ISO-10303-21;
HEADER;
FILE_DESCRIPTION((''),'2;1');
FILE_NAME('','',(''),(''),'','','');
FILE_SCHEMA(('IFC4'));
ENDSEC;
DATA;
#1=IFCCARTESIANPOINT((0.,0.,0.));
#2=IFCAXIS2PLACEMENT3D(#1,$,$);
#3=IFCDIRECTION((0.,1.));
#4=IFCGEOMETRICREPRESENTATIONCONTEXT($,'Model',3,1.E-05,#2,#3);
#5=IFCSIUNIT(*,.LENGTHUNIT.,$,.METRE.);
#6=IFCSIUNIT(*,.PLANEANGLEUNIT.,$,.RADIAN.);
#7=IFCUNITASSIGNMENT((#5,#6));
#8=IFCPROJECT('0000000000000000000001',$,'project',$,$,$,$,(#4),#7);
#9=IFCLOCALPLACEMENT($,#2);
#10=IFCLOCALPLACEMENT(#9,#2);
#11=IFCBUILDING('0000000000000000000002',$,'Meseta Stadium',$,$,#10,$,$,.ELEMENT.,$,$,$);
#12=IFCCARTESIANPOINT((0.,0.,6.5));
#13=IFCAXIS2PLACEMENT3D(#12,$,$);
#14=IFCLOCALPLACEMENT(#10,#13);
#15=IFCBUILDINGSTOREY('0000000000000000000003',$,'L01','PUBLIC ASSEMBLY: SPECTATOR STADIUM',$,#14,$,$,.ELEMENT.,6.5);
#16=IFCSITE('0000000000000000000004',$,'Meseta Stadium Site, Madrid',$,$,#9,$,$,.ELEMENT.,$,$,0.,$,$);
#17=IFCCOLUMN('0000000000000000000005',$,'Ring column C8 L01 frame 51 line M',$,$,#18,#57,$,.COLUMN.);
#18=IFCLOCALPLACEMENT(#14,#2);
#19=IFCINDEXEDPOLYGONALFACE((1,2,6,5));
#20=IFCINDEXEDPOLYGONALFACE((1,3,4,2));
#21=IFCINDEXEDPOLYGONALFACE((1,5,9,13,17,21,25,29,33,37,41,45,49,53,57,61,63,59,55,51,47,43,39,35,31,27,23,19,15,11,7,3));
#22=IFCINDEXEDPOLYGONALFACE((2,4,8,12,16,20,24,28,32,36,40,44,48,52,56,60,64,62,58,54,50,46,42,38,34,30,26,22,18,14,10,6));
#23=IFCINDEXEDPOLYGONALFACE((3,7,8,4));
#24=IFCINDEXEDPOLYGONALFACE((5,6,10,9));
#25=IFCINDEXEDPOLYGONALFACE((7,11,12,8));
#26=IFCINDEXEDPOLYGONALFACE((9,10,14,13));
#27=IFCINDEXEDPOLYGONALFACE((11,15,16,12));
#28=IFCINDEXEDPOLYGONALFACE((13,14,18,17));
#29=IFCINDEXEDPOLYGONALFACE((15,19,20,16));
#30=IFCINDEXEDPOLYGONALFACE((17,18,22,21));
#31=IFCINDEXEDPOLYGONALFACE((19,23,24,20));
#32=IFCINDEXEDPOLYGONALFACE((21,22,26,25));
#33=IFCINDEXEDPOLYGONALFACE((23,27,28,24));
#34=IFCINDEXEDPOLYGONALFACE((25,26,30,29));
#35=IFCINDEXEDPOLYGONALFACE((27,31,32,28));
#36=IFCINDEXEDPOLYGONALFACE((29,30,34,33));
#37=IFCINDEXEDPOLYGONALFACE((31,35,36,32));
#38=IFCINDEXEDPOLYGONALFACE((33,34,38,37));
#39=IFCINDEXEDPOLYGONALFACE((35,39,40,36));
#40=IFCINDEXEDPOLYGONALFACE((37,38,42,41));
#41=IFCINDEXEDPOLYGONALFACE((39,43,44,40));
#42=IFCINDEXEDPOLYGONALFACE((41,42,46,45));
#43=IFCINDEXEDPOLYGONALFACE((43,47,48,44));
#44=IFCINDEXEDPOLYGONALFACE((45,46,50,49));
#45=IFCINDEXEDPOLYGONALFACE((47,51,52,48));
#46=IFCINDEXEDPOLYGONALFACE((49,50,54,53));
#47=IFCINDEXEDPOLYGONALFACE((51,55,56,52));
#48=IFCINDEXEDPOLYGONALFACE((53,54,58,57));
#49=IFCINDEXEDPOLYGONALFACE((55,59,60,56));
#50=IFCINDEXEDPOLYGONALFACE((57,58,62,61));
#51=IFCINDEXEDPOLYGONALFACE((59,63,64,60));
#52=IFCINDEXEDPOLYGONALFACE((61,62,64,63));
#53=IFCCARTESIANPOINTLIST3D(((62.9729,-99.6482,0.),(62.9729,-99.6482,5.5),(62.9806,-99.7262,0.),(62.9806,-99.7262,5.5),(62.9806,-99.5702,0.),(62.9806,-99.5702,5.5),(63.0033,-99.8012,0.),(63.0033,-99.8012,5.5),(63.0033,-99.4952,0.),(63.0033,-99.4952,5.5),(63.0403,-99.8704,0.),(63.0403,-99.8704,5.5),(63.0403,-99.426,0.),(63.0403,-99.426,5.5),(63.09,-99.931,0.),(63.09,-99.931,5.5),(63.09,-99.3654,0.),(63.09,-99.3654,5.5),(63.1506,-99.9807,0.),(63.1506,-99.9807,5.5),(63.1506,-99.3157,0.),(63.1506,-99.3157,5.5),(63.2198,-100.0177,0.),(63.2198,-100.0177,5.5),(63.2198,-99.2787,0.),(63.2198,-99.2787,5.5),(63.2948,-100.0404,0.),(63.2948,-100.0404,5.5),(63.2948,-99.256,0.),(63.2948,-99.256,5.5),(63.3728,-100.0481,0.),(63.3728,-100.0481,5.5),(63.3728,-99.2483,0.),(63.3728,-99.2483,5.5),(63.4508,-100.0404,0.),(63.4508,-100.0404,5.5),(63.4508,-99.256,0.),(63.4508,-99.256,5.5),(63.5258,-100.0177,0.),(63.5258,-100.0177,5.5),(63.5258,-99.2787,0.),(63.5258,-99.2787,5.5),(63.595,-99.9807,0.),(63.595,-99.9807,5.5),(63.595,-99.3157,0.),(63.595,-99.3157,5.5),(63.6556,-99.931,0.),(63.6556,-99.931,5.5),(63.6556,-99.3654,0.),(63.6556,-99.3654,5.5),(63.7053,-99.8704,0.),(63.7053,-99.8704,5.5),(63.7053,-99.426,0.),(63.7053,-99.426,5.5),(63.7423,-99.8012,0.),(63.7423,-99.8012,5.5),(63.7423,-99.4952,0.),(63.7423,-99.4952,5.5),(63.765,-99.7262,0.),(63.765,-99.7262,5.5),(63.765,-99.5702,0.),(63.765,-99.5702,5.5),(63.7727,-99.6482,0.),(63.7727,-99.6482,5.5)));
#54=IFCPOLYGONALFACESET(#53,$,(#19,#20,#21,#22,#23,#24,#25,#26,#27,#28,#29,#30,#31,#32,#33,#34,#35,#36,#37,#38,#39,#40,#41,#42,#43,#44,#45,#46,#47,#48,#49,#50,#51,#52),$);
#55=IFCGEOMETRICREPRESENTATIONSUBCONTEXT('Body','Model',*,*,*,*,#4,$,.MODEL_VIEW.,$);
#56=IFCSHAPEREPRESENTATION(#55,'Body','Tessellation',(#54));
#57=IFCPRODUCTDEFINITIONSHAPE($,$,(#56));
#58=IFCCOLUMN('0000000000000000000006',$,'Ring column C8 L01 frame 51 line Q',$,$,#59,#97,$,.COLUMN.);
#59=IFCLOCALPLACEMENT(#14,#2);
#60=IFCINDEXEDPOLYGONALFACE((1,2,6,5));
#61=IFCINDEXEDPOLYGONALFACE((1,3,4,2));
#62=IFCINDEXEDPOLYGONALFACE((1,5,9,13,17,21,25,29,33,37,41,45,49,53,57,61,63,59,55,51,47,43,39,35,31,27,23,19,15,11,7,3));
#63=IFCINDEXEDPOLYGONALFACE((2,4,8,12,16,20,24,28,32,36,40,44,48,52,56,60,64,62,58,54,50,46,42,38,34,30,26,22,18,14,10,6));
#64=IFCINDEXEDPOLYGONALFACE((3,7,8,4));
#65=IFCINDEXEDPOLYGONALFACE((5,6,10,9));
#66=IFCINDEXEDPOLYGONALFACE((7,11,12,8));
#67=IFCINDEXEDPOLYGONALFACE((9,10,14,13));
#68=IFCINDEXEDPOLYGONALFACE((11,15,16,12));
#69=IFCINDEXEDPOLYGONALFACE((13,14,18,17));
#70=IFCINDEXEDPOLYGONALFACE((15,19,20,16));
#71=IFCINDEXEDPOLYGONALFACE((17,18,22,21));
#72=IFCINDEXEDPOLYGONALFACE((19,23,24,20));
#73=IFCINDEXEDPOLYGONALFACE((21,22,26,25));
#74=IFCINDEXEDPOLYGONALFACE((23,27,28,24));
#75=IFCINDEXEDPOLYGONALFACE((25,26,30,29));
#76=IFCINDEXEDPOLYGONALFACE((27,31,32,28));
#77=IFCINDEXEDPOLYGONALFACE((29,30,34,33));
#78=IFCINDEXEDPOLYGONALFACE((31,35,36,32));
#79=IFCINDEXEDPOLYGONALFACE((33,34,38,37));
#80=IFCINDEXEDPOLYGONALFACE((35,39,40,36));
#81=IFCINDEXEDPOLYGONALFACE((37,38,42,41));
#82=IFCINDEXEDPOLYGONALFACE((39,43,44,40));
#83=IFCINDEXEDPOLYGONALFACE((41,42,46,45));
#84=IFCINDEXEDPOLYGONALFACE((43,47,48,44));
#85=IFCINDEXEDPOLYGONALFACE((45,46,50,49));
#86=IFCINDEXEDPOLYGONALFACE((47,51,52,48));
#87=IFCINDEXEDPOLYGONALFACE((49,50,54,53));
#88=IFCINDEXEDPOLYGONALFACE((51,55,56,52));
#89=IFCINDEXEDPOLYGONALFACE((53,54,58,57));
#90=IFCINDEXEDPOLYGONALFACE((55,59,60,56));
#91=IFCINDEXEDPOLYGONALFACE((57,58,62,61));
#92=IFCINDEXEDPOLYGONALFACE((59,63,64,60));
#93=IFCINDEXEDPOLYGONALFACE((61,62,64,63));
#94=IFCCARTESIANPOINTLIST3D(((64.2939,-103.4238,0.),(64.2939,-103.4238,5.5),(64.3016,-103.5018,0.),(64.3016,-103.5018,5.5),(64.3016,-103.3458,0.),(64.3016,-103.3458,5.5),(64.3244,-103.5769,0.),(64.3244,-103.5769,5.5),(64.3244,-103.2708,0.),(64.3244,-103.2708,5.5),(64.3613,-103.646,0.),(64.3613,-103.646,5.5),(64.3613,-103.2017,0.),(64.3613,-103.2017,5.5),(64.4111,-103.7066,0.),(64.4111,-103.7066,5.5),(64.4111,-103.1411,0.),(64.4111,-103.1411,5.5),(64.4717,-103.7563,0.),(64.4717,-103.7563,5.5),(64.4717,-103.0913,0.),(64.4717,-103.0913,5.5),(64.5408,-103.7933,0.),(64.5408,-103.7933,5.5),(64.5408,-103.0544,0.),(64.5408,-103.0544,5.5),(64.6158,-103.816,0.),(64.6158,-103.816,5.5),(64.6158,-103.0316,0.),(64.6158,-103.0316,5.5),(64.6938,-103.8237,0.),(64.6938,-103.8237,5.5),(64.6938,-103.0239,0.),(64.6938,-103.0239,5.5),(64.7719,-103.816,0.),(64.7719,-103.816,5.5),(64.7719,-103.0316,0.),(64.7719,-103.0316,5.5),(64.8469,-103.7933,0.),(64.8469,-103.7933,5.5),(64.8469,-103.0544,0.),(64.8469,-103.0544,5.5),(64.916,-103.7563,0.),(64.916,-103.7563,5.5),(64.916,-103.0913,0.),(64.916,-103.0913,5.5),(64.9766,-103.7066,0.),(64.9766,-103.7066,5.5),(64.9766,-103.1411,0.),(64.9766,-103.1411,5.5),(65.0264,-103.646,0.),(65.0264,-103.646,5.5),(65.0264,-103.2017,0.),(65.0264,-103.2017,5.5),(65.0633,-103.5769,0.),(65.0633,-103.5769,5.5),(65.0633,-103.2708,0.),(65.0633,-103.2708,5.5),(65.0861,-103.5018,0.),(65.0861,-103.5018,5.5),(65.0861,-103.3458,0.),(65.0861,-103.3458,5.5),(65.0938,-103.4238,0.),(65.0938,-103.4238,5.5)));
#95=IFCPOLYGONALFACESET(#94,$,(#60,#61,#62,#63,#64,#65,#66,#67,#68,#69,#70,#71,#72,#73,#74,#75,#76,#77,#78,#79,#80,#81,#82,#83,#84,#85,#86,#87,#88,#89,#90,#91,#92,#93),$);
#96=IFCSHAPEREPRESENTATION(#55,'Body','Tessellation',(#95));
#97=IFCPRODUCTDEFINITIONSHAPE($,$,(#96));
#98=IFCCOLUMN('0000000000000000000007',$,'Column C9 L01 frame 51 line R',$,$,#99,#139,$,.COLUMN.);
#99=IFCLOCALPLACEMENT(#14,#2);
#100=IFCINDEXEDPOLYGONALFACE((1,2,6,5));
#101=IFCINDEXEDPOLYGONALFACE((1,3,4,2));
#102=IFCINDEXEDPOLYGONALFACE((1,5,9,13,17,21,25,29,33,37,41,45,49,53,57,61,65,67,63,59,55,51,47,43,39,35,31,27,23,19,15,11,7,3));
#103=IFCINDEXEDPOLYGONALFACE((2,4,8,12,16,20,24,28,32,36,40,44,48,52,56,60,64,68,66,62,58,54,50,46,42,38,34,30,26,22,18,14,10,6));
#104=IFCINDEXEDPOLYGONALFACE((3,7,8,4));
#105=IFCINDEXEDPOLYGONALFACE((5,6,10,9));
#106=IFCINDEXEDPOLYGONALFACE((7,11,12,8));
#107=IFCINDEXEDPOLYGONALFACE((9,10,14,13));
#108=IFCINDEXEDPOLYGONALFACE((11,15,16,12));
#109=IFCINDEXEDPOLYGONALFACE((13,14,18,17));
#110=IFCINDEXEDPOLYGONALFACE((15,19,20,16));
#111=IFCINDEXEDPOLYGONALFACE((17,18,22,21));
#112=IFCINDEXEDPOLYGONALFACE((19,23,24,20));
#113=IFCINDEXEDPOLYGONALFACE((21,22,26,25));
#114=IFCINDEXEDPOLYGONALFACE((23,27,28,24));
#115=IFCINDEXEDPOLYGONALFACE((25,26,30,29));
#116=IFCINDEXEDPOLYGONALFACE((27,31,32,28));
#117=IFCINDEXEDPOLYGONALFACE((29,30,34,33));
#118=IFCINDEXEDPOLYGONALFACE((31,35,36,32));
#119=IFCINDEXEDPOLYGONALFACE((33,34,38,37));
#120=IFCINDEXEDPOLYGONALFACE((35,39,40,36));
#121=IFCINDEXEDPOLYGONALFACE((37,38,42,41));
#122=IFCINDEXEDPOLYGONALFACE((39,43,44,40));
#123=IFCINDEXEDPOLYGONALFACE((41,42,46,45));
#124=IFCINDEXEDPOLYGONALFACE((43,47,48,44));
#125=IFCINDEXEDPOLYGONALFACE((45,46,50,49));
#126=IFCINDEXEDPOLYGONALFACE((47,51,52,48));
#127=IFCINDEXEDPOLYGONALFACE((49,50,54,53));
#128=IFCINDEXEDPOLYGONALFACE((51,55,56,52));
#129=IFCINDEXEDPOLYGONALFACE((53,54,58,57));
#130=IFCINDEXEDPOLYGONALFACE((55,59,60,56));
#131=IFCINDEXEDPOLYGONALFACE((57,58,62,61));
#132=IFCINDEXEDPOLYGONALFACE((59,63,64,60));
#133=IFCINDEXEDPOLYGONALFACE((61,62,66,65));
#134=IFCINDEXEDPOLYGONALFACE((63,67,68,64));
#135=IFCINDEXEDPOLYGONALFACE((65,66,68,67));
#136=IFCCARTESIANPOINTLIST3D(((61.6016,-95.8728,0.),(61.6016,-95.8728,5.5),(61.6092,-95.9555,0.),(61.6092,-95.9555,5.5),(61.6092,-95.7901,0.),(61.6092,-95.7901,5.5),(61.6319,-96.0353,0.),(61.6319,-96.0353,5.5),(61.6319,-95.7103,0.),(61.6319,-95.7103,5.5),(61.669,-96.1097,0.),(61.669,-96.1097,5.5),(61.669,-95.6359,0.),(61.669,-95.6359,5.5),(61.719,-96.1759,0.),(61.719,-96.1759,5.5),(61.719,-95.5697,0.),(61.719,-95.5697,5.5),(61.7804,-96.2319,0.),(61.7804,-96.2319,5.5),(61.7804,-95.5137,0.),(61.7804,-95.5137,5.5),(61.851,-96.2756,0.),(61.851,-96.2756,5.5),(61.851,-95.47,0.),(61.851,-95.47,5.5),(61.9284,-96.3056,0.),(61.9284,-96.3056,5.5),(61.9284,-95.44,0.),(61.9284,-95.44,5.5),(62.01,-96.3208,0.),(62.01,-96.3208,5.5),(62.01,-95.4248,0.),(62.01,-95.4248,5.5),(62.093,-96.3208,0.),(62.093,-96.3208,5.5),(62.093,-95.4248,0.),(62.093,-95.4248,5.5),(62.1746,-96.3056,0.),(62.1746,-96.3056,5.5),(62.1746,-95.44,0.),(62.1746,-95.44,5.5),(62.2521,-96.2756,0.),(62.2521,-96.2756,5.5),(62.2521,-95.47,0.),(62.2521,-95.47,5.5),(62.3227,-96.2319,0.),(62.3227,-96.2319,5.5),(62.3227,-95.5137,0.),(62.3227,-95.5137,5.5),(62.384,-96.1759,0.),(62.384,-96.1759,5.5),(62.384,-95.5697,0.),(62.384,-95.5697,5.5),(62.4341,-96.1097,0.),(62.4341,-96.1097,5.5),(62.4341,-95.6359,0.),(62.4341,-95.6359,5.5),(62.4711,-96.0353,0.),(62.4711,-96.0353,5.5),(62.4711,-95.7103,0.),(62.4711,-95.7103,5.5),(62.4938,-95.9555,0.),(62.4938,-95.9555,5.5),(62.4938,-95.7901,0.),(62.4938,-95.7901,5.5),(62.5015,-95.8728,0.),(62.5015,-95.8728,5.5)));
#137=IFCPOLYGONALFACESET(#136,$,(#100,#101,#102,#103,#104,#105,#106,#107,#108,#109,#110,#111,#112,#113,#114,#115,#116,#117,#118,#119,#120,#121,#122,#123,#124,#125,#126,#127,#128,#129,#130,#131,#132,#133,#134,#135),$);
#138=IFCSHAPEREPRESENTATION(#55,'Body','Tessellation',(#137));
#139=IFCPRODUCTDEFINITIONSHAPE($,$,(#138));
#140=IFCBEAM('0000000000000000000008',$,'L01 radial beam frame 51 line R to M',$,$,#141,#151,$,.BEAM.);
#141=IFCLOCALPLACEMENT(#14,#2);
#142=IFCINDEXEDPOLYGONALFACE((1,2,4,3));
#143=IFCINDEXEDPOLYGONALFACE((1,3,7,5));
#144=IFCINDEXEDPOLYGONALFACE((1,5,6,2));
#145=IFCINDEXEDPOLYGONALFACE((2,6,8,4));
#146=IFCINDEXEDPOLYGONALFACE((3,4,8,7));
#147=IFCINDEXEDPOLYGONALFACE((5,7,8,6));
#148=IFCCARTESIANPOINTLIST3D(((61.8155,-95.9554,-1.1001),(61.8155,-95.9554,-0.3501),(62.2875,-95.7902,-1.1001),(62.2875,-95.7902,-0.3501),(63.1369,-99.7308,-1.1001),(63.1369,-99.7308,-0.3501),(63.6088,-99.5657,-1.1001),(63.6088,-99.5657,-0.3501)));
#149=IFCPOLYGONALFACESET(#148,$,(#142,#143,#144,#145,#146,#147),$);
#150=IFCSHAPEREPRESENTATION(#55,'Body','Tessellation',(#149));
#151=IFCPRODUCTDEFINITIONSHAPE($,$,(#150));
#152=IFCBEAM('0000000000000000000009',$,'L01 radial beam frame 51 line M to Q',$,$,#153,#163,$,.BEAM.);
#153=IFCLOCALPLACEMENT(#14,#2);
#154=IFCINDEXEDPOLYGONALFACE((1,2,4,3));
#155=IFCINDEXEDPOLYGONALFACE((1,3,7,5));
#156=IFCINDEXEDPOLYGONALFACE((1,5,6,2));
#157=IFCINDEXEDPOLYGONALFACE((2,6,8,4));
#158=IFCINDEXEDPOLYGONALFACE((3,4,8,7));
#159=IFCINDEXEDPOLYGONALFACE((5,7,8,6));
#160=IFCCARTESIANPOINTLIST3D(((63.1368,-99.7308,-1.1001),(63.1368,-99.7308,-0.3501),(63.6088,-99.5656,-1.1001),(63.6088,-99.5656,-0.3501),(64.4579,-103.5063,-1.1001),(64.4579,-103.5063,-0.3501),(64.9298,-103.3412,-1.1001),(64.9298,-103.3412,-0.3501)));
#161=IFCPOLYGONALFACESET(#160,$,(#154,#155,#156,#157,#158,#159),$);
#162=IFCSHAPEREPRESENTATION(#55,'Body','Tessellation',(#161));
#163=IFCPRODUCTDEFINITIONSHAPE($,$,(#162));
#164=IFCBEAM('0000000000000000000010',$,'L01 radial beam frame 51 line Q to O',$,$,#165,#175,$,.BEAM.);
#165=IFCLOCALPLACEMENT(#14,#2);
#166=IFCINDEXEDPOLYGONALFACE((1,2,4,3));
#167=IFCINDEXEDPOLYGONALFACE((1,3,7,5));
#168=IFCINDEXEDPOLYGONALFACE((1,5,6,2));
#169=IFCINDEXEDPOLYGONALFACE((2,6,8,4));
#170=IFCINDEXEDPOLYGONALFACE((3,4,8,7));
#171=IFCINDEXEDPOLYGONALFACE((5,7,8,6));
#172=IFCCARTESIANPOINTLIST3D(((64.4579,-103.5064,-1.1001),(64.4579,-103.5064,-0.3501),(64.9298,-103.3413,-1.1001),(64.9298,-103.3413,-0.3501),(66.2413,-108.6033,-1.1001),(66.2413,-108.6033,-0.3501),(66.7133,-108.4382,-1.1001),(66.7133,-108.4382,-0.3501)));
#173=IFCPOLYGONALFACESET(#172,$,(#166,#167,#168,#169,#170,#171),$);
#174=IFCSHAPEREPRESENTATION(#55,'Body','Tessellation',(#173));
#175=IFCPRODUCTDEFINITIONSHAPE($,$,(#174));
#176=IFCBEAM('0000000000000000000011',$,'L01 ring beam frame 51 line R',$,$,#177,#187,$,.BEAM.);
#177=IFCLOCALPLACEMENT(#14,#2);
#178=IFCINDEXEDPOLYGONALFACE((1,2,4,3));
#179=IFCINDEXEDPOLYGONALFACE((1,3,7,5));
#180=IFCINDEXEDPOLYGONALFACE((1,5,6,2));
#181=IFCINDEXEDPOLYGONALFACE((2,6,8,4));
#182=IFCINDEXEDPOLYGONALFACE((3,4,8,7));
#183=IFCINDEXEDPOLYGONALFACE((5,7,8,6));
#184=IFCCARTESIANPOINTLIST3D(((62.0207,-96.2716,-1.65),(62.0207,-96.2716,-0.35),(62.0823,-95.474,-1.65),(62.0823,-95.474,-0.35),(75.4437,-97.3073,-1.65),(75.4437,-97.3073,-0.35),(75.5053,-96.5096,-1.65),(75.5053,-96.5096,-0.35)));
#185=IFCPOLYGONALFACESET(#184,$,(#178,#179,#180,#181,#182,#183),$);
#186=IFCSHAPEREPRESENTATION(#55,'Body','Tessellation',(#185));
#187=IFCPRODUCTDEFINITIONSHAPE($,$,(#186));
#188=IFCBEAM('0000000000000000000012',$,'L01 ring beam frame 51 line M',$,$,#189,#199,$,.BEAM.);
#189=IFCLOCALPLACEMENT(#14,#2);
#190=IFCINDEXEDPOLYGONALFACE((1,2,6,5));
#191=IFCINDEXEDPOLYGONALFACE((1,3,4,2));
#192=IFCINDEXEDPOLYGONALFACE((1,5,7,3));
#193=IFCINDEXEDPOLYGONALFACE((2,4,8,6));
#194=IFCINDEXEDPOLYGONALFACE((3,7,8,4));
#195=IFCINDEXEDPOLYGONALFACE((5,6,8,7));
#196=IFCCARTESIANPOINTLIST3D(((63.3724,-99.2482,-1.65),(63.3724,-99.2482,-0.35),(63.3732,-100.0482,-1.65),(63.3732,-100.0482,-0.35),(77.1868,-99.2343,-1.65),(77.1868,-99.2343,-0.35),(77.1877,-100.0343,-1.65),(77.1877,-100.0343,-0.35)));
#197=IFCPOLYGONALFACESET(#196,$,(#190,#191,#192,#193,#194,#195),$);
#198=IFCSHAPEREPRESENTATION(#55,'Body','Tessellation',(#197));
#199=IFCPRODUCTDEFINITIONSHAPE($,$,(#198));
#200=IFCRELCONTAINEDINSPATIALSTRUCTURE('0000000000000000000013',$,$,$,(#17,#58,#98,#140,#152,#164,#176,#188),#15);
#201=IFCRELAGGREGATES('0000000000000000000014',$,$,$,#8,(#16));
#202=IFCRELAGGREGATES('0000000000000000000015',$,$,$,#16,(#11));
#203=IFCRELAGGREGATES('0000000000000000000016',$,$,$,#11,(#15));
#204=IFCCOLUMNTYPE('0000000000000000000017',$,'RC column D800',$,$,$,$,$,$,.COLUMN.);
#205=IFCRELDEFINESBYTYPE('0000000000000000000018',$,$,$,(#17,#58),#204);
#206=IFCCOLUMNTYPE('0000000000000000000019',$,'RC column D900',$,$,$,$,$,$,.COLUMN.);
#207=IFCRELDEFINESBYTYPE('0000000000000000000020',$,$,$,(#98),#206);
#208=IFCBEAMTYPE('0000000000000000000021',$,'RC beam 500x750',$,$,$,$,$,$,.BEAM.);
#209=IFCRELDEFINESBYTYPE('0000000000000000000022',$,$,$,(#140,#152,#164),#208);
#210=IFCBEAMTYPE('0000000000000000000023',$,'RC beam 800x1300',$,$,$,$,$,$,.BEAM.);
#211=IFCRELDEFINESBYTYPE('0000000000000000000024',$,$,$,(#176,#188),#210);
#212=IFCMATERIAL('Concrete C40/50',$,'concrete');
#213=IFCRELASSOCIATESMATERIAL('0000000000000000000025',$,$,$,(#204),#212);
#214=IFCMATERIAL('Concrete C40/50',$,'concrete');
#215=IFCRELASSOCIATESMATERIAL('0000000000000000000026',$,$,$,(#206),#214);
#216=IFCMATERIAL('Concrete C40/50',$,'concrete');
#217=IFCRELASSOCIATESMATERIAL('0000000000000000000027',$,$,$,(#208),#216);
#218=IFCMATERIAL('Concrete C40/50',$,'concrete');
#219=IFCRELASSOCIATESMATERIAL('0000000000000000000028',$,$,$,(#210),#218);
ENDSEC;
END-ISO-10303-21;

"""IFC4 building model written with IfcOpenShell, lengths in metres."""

from ifc_helpers import new_model, si_unit, direction, frame, origin, origin_2d, place, context, subcontext, project, spatial, rectangle, circle, extrude, material, material_profile, profile_set, type_object, element, save


model = new_model("IFC4")

# Units and contexts
model_context = context("Model", 3, precision=1e-05, world=origin(), true_north=direction((0.0, 1.0)))
body_context = subcontext(model_context, "Body", "Model", "MODEL_VIEW")
ifc_project = project(units=[si_unit("LENGTHUNIT", "METRE"), si_unit("PLANEANGLEUNIT", "RADIAN")], contexts=[model_context])

# Site, building, storey
site_placement = place(None, origin())
site = spatial("IfcSite", under=ifc_project, at=site_placement, Name="Meseta Stadium Site, Madrid", CompositionType="ELEMENT", RefElevation=0.0)
building_placement = place(site_placement, origin())
building = spatial("IfcBuilding", under=site, at=building_placement, Name="Meseta Stadium", CompositionType="ELEMENT")
storey_placement = place(building_placement, frame((0.0, 0.0, 6.5)))
storey = spatial("IfcBuildingStorey", under=building, at=storey_placement, Name="L01", Description="PUBLIC ASSEMBLY: SPECTATOR STADIUM", CompositionType="ELEMENT", Elevation=6.5)

# Columns
ifc_material_1 = material(Name="Concrete C40/50", Category="concrete")
ifc_material_profile_1 = material_profile(ifc_material_1, circle(Radius=0.3999, at=origin_2d()), Name="RC D800")
ifc_profile_set_1 = profile_set([ifc_material_profile_1], Name="Concrete C40/50")
column_type_1 = type_object("IfcColumnType", Name="RC column D800", PredefinedType="COLUMN", material=ifc_profile_set_1)
for number, where, z_axis, x_axis, name in (
    (1, (63.3728, -99.6482, 0.0), (0.0, 0.0, 1.0), (1.0, 0.0, 0.0), "Ring column C8 L01 frame 51 line M"),
    (2, (64.6938, -103.4238, 0.0), (0.0, 0.0, 1.0), (1.0, 0.0, 0.0), "Ring column C8 L01 frame 51 line Q"),
):
    element("IfcColumn", number, at=place(storey_placement, frame(where, z_axis=z_axis, x_axis=x_axis)), inside=storey, type_object=column_type_1, Name=name, PredefinedType="COLUMN", context=body_context, shape_type="SweptSolid", body=[
        extrude(circle(Radius=0.3999, at=origin_2d()), origin(), (0.0, 0.0, 1.0), 5.5),
    ])
ifc_material_2 = material(Name="Concrete C40/50", Category="concrete")
ifc_material_profile_2 = material_profile(ifc_material_2, circle(Radius=0.45, at=origin_2d()), Name="RC D900")
ifc_profile_set_2 = profile_set([ifc_material_profile_2], Name="Concrete C40/50")
column_type_2 = type_object("IfcColumnType", Name="RC column D900", PredefinedType="COLUMN", material=ifc_profile_set_2)
column_placement = place(storey_placement, frame((62.0515, -95.8728, 0.0), z_axis=(0.0, 0.0, 1.0), x_axis=(1.0, 0.0, 0.0)))
element("IfcColumn", 3, at=column_placement, inside=storey, type_object=column_type_2, Name="Column C9 L01 frame 51 line R", PredefinedType="COLUMN", context=body_context, shape_type="SweptSolid", body=[
    extrude(circle(Radius=0.45, at=origin_2d()), origin(), (0.0, 0.0, 1.0), 5.5),
])

# Beams
ifc_material_3 = material(Name="Concrete C40/50", Category="concrete")
ifc_material_profile_3 = material_profile(ifc_material_3, rectangle(XDim=0.5, YDim=0.75, at=origin_2d()), Name="RC 500x750")
ifc_profile_set_3 = profile_set([ifc_material_profile_3], Name="Concrete C40/50")
beam_type_1 = type_object("IfcBeamType", Name="RC beam 500x750", PredefinedType="BEAM", material=ifc_profile_set_3)
for number, where, z_axis, x_axis, name in (
    (4, (62.0515, -95.8728, -0.7251), (0.330329, -0.943866, 0.0), (0.943866, 0.330329, 0.0), "L01 radial beam frame 51 line R to M"),
    (5, (63.3728, -99.6482, -0.7251), (0.330255, -0.943892, 0.0), (0.943892, 0.330255, 0.0), "L01 radial beam frame 51 line M to Q"),
):
    element("IfcBeam", number, at=place(storey_placement, frame(where, z_axis=z_axis, x_axis=x_axis)), inside=storey, type_object=beam_type_1, Name=name, PredefinedType="BEAM", context=body_context, shape_type="SweptSolid", body=[
        extrude(rectangle(XDim=0.5, YDim=0.75, at=origin_2d()), origin(), (0.0, 0.0, 1.0), 4.0),
    ])
beam_1_placement = place(storey_placement, frame((64.6938, -103.4238, -0.7251), z_axis=(0.330272, -0.943886, 0.0), x_axis=(0.943886, 0.330272, 0.0)))
element("IfcBeam", 6, at=beam_1_placement, inside=storey, type_object=beam_type_1, Name="L01 radial beam frame 51 line Q to O", PredefinedType="BEAM", context=body_context, shape_type="SweptSolid", body=[
    extrude(rectangle(XDim=0.5, YDim=0.75, at=origin_2d()), origin(), (0.0, 0.0, 1.0), 5.3999),
])
ifc_material_4 = material(Name="Concrete C40/50", Category="concrete")
ifc_material_profile_4 = material_profile(ifc_material_4, rectangle(XDim=0.8, YDim=1.3, at=origin_2d()), Name="RC 800x1300")
ifc_profile_set_4 = profile_set([ifc_material_profile_4], Name="Concrete C40/50")
beam_type_2 = type_object("IfcBeamType", Name="RC beam 800x1300", PredefinedType="BEAM", material=ifc_profile_set_4)
beam_2_placement = place(storey_placement, frame((62.0515, -95.8728, -1.0), z_axis=(0.997037, -0.076925, 0.0), x_axis=(0.076925, 0.997037, 0.0)))
element("IfcBeam", 7, at=beam_2_placement, inside=storey, type_object=beam_type_2, Name="L01 ring beam frame 51 line R", PredefinedType="BEAM", context=body_context, shape_type="SweptSolid", body=[
    extrude(rectangle(XDim=0.8, YDim=1.3, at=origin_2d()), origin(), (0.0, 0.0, 1.0), 13.4629),
])
beam_3_placement = place(storey_placement, frame((63.3728, -99.6482, -1.0), z_axis=(0.999999, 0.001007, 0.0), x_axis=(-0.001007, 0.999999, 0.0)))
element("IfcBeam", 8, at=beam_3_placement, inside=storey, type_object=beam_type_2, Name="L01 ring beam frame 51 line M", PredefinedType="BEAM", context=body_context, shape_type="SweptSolid", body=[
    extrude(rectangle(XDim=0.8, YDim=1.3, at=origin_2d()), origin(), (0.0, 0.0, 1.0), 13.8145),
])

save(model, "model.ifc")
